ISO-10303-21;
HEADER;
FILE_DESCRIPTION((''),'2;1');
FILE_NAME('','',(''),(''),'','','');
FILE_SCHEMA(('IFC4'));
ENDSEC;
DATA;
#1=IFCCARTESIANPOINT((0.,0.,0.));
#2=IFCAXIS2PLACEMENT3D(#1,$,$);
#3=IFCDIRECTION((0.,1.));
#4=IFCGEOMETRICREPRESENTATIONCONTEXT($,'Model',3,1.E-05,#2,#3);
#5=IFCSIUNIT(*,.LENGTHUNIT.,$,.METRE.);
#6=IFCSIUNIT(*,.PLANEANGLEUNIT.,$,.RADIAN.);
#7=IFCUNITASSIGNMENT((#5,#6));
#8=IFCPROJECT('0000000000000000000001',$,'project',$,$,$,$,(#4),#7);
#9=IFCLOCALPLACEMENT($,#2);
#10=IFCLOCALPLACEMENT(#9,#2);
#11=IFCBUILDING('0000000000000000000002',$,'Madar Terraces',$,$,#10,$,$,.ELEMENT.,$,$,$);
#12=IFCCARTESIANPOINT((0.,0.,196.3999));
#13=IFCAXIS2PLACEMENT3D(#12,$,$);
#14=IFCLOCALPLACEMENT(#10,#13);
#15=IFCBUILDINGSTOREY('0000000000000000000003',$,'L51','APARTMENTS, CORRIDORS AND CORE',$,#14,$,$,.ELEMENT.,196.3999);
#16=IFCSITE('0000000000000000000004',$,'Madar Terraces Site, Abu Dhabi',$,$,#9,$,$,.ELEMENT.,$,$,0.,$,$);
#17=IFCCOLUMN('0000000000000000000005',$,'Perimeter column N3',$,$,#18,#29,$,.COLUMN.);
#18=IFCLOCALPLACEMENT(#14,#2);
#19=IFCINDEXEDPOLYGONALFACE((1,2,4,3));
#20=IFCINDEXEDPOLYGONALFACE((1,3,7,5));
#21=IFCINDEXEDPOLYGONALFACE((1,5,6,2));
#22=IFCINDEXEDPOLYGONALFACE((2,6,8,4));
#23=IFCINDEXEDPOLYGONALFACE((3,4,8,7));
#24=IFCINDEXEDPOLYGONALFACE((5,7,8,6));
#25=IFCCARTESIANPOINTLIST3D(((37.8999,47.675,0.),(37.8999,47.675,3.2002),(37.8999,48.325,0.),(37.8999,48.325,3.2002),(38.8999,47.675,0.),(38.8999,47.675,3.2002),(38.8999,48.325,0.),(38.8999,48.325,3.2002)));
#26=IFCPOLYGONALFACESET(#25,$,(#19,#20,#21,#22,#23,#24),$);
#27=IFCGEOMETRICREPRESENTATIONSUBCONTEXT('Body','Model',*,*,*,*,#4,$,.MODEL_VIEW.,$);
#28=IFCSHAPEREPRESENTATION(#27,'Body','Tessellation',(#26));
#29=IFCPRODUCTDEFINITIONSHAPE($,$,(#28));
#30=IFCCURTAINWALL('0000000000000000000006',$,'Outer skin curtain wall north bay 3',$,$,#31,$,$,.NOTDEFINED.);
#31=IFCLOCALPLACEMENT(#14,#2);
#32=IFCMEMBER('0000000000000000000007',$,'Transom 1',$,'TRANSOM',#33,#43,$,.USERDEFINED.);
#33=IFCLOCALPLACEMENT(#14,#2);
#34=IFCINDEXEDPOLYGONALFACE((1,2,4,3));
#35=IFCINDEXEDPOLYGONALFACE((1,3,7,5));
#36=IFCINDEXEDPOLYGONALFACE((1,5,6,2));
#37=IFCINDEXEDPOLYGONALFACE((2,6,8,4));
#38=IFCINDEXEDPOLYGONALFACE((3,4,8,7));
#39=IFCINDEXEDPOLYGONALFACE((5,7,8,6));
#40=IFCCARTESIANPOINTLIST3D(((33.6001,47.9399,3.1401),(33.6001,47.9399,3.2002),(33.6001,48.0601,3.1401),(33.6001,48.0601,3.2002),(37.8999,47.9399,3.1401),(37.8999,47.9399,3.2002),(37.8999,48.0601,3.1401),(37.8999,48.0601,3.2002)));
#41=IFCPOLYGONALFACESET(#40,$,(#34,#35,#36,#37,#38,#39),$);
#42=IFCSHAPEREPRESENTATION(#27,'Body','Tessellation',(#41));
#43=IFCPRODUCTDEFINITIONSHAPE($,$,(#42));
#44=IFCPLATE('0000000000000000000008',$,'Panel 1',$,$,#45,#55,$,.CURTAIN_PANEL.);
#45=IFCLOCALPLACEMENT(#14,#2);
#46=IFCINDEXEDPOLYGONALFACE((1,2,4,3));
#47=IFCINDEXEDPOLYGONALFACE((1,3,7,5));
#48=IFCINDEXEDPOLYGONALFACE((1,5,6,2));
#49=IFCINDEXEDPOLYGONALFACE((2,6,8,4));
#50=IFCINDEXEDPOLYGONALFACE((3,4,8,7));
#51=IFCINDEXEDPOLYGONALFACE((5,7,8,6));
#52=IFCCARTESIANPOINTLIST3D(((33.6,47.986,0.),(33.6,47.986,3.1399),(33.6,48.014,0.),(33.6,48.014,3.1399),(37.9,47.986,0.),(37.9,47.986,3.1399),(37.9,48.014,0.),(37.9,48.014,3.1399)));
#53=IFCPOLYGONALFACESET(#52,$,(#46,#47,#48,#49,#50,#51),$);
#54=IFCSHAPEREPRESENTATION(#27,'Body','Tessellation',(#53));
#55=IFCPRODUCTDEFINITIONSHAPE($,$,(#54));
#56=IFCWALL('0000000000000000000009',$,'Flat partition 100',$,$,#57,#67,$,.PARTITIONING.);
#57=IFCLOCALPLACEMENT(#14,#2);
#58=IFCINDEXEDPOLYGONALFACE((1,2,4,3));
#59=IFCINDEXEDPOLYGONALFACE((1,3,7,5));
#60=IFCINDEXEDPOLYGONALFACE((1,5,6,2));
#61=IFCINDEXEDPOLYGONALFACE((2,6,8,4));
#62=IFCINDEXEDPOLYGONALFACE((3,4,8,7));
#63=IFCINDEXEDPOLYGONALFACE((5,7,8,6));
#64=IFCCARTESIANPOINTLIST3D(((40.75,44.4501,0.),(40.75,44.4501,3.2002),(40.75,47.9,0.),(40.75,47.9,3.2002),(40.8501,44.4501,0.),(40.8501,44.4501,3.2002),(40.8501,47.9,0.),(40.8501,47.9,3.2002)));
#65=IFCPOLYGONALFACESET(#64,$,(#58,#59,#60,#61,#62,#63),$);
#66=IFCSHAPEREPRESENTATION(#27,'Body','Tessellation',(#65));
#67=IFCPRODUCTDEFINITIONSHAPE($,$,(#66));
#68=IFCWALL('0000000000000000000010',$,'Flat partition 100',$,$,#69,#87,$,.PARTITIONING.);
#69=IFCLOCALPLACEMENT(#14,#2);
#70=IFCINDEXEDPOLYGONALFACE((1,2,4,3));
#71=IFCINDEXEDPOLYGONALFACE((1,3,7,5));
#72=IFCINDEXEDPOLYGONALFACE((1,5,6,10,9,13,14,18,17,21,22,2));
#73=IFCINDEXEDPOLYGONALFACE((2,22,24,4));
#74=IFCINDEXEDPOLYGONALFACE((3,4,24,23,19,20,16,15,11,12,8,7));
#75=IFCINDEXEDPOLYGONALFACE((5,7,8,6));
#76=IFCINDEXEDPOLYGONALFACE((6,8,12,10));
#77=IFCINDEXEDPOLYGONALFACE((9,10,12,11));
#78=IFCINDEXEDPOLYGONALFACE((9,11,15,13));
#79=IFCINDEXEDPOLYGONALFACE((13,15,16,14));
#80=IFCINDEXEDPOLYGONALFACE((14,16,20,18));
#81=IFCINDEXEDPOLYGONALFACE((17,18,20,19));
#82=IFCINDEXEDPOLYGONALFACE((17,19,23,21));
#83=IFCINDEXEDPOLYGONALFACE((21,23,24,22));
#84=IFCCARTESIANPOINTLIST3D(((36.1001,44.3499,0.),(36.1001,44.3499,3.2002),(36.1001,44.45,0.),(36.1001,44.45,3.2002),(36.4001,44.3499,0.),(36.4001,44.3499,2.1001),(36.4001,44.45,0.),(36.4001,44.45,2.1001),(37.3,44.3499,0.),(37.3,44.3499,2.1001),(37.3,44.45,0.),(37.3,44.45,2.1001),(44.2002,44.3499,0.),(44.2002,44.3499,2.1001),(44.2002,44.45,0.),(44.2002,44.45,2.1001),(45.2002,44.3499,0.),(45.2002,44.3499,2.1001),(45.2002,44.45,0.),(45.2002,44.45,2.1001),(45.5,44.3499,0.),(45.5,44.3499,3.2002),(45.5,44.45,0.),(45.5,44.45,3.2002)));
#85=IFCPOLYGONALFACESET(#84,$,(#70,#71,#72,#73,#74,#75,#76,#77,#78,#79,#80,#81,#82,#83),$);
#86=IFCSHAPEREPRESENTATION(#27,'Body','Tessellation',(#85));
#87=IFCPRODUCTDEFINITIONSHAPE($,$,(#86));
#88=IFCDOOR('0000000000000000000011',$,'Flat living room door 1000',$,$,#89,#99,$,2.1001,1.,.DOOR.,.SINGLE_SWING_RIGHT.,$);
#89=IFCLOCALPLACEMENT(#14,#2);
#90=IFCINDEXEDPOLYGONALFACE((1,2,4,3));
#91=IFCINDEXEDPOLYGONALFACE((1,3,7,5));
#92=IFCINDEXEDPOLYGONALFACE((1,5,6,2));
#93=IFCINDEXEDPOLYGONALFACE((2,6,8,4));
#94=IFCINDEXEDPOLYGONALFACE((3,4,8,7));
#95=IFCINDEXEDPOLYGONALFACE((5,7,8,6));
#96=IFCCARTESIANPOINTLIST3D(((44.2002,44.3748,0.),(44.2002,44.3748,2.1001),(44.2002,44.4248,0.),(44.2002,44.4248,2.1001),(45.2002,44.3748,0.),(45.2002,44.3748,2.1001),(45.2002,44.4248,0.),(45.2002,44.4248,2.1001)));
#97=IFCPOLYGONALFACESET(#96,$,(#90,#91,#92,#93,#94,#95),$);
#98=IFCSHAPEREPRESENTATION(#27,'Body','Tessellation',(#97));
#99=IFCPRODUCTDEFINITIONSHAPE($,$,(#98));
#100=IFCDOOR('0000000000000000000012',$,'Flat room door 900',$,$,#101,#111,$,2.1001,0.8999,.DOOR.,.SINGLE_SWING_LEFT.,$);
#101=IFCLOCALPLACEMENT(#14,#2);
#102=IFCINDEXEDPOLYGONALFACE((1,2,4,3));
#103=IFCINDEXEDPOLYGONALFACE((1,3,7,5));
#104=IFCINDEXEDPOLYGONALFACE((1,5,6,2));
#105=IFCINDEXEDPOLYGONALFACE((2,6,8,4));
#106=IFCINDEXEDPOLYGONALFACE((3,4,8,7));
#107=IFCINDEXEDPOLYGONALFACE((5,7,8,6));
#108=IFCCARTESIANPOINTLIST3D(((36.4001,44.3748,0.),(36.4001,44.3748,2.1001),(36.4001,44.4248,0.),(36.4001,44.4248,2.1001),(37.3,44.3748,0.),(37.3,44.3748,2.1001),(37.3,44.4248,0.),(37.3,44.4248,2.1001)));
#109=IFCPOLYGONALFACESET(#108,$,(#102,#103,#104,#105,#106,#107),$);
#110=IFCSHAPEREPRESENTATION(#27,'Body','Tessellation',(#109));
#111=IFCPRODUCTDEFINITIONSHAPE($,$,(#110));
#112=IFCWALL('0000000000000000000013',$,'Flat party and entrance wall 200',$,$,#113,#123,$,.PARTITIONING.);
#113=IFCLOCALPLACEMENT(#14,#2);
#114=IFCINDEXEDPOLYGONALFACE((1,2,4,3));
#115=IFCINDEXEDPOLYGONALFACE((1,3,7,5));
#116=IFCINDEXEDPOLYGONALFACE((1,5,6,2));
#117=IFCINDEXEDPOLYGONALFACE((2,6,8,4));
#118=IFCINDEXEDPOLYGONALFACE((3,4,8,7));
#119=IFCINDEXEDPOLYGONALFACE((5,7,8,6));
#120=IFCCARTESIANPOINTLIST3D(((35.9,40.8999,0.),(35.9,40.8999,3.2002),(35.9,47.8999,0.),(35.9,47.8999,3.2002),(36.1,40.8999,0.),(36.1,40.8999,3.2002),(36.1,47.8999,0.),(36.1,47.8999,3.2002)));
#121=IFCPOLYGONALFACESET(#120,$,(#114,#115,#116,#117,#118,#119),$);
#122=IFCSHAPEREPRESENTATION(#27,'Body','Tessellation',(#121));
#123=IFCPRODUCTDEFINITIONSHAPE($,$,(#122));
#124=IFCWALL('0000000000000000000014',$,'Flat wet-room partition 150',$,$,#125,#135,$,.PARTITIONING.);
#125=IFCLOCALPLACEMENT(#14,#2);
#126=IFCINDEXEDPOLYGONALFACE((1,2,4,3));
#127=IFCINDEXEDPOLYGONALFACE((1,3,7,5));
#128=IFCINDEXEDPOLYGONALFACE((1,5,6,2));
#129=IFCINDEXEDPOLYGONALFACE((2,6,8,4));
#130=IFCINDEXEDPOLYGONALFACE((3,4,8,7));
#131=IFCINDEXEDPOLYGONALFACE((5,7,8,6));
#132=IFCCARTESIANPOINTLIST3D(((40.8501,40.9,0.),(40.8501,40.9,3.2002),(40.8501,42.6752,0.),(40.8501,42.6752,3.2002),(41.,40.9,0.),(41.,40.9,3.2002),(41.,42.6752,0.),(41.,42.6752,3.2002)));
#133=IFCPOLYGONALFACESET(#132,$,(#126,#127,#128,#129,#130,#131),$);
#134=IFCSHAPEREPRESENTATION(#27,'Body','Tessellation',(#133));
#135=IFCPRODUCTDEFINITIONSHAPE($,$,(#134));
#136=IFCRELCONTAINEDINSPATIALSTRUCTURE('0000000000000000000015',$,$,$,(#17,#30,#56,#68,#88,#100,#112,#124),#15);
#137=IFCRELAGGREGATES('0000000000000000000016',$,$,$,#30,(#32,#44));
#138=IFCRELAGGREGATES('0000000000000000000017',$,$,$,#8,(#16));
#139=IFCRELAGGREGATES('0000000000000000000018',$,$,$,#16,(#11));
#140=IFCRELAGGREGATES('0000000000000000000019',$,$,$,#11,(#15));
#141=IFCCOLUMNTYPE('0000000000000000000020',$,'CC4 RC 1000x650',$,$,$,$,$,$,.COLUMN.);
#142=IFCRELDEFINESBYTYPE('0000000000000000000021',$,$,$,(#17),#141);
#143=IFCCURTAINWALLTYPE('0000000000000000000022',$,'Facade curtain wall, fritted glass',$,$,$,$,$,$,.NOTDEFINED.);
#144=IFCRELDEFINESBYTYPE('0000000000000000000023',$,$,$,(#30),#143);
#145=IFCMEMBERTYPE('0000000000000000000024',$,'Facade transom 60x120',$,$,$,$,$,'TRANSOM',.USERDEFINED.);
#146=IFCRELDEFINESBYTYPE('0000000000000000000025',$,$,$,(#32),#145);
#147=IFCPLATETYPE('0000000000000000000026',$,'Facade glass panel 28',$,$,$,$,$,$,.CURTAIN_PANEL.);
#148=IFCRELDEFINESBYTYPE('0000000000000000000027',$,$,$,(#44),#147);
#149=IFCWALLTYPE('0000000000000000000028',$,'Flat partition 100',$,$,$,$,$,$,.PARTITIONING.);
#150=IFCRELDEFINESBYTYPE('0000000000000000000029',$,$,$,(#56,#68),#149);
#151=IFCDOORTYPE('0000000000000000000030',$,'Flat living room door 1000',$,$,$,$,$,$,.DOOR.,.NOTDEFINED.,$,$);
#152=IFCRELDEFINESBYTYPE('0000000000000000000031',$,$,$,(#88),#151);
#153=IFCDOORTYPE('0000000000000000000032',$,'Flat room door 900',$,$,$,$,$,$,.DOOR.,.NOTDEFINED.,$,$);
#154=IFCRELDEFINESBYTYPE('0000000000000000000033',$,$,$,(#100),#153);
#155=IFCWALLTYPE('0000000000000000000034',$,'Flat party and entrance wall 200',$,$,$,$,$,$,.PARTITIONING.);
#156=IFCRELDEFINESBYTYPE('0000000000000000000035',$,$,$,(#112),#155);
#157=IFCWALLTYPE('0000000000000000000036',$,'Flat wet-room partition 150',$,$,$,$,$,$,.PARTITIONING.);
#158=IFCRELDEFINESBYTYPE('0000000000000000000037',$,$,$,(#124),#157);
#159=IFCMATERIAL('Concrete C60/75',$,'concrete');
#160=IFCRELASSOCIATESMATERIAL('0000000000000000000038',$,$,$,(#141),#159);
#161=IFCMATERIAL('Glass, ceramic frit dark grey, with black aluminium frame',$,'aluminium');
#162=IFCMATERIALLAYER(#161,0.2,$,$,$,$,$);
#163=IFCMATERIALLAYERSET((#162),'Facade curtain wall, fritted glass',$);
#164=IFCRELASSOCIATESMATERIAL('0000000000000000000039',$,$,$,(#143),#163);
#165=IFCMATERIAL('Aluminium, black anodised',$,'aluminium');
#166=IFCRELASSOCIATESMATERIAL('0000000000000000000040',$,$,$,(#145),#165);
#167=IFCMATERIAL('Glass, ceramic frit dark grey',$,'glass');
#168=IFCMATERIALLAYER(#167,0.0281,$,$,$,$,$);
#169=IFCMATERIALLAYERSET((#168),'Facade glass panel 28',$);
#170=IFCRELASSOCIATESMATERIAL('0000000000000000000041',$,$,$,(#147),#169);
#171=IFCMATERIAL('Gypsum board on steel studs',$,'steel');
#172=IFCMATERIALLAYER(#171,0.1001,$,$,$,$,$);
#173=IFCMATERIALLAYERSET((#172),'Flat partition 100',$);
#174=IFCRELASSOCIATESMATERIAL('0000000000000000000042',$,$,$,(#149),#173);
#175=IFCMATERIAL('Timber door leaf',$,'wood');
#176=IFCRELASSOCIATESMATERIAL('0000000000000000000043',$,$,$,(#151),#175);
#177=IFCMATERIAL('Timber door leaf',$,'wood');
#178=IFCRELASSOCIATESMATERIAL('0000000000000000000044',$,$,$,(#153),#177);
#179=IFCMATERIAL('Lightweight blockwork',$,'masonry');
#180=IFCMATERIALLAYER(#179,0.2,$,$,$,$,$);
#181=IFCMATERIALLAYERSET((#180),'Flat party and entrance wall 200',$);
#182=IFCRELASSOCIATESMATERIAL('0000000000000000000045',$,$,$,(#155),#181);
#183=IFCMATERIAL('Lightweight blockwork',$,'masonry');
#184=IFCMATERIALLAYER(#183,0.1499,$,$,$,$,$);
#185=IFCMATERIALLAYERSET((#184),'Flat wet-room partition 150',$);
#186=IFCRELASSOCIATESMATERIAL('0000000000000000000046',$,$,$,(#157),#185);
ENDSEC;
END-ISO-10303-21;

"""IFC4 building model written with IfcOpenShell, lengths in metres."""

from ifc_helpers import new_model, si_unit, direction, frame, frame_2d, origin, origin_2d, place, context, subcontext, project, spatial, rectangle, extrude, material, layer, layer_set, material_profile, profile_set, type_object, element, fill, aggregate, save


model = new_model("IFC4")

# Units and contexts
model_context = context("Model", 3, precision=1e-05, world=origin(), true_north=direction((0.0, 1.0)))
body_context = subcontext(model_context, "Body", "Model", "MODEL_VIEW")
ifc_project = project(units=[si_unit("LENGTHUNIT", "METRE"), si_unit("PLANEANGLEUNIT", "RADIAN")], contexts=[model_context])

# Site, building, storey
site_placement = place(None, origin())
site = spatial("IfcSite", under=ifc_project, at=site_placement, Name="Madar Terraces Site, Abu Dhabi", CompositionType="ELEMENT", RefElevation=0.0)
building_placement = place(site_placement, origin())
building = spatial("IfcBuilding", under=site, at=building_placement, Name="Madar Terraces", CompositionType="ELEMENT")
storey_placement = place(building_placement, frame((0.0, 0.0, 196.3999)))
storey = spatial("IfcBuildingStorey", under=building, at=storey_placement, Name="L51", Description="APARTMENTS, CORRIDORS AND CORE", CompositionType="ELEMENT", Elevation=196.3999)

# Column
ifc_material_1 = material(Name="Concrete C60/75", Category="concrete")
ifc_material_profile_1 = material_profile(ifc_material_1, rectangle(XDim=1.0, YDim=0.6499, at=origin_2d()), Name="CC4 RC 1000x650")
ifc_profile_set_1 = profile_set([ifc_material_profile_1], Name="Concrete C60/75")
column_type = type_object("IfcColumnType", Name="CC4 RC 1000x650", PredefinedType="COLUMN", material=ifc_profile_set_1)
column_placement = place(storey_placement, frame((38.3999, 48.0, 0.0), z_axis=(0.0, 0.0, 1.0), x_axis=(1.0, 0.0, 0.0)))
element("IfcColumn", 1, at=column_placement, inside=storey, type_object=column_type, Name="Perimeter column N3", PredefinedType="COLUMN", context=body_context, shape_type="SweptSolid", body=[
    extrude(rectangle(XDim=1.0, YDim=0.6499, at=origin_2d()), origin(), (0.0, 0.0, 1.0), 3.2002),
])

# Curtain wall, member, plate
ifc_material_2 = material(Name="Glass, ceramic frit dark grey, with black aluminium frame", Category="aluminium")
ifc_layer_1 = layer(ifc_material_2, 0.2)
ifc_layer_set_1 = layer_set([ifc_layer_1], Name="Facade curtain wall, fritted glass")
curtain_wall_type = type_object("IfcCurtainWallType", Name="Facade curtain wall, fritted glass", PredefinedType="NOTDEFINED", material=ifc_layer_set_1)
curtain_wall_placement = place(storey_placement, origin())
curtain_wall = element("IfcCurtainWall", 2, at=curtain_wall_placement, inside=storey, type_object=curtain_wall_type, Name="Outer skin curtain wall north bay 3", PredefinedType="NOTDEFINED")
ifc_material_3 = material(Name="Aluminium, black anodised", Category="aluminium")
ifc_material_profile_2 = material_profile(ifc_material_3, rectangle(XDim=0.1201, YDim=0.0601, at=origin_2d()), Name="Facade transom 60x120")
ifc_profile_set_2 = profile_set([ifc_material_profile_2], Name="Aluminium, black anodised")
member_type = type_object("IfcMemberType", Name="Facade transom 60x120", ElementType="TRANSOM", PredefinedType="USERDEFINED", material=ifc_profile_set_2)
member_placement = place(storey_placement, frame((37.8999, 48.0, 3.1702), z_axis=(-1.0, 0.0, 0.0), x_axis=(0.0, -1.0, 0.0)))
member = element("IfcMember", 3, at=member_placement, type_object=member_type, Name="Transom 1", ObjectType="TRANSOM", PredefinedType="USERDEFINED", context=body_context, shape_type="SweptSolid", body=[
    extrude(rectangle(XDim=0.1201, YDim=0.0601, at=origin_2d()), origin(), (0.0, 0.0, 1.0), 4.2998),
])
ifc_material_4 = material(Name="Glass, ceramic frit dark grey", Category="glass")
ifc_layer_2 = layer(ifc_material_4, 0.0281)
ifc_layer_set_2 = layer_set([ifc_layer_2], Name="Facade glass panel 28")
plate_type = type_object("IfcPlateType", Name="Facade glass panel 28", PredefinedType="CURTAIN_PANEL", material=ifc_layer_set_2)
plate_placement = place(storey_placement, frame((35.75, 48.0, 0.0), z_axis=(0.0, 0.0, 1.0), x_axis=(-1.0, 0.0, 0.0)))
plate = element("IfcPlate", 4, at=plate_placement, type_object=plate_type, Name="Panel 1", PredefinedType="CURTAIN_PANEL", context=body_context, shape_type="SweptSolid", body=[
    extrude(rectangle(XDim=4.3, YDim=0.0281, at=origin_2d()), origin(), (0.0, 0.0, 1.0), 3.1399),
])
aggregate(curtain_wall, [member, plate])

# Wall
ifc_material_5 = material(Name="Gypsum board on steel studs", Category="steel")
ifc_layer_3 = layer(ifc_material_5, 0.1001)
ifc_layer_set_3 = layer_set([ifc_layer_3], Name="Flat partition 100")
wall_type_1 = type_object("IfcWallType", Name="Flat partition 100", PredefinedType="PARTITIONING", material=ifc_layer_set_3)
wall_1_placement = place(storey_placement, frame((40.8, 44.45, 0.0), z_axis=(0.0, 0.0, 1.0), x_axis=(0.0, 1.0, 0.0)))
element("IfcWall", 5, at=wall_1_placement, inside=storey, type_object=wall_type_1, Name="Flat partition 100", PredefinedType="PARTITIONING", context=body_context, shape_type="SweptSolid", body=[
    extrude(rectangle(XDim=3.45, YDim=0.1001, at=frame_2d((1.7251, 0.0))), origin(), (0.0, 0.0, 1.0), 3.2002),
])

# Wall, openings, doors
wall_2_placement = place(storey_placement, frame((36.1001, 44.3999, 0.0), z_axis=(0.0, 0.0, 1.0), x_axis=(1.0, 0.0, 0.0)))
wall_2 = element("IfcWall", 6, at=wall_2_placement, inside=storey, type_object=wall_type_1, Name="Flat partition 100", PredefinedType="PARTITIONING", context=body_context, shape_type="SweptSolid", body=[
    extrude(rectangle(XDim=9.3999, YDim=0.1001, at=frame_2d((4.7, 0.0))), origin(), (0.0, 0.0, 1.0), 3.2002),
])
opening_1_placement = place(wall_2_placement, frame((0.3, 0.0, 0.0)))
opening_1 = element("IfcOpeningElement", 7, at=opening_1_placement, cuts=wall_2, PredefinedType="OPENING", context=body_context, shape_type="SweptSolid", body=[
    extrude(rectangle(XDim=0.8999, YDim=2.1001, at=frame_2d((0.45, 1.05))), frame((0.0, 0.0601, 0.0), z_axis=(0.0, -1.0, 0.0), x_axis=(1.0, 0.0, 0.0)), (0.0, 0.0, 1.0), 0.1201),
])
opening_2_placement = place(wall_2_placement, frame((8.1001, 0.0, 0.0)))
opening_2 = element("IfcOpeningElement", 8, at=opening_2_placement, cuts=wall_2, PredefinedType="OPENING", context=body_context, shape_type="SweptSolid", body=[
    extrude(rectangle(XDim=1.0, YDim=2.1001, at=frame_2d((0.5, 1.05))), frame((0.0, 0.0601, 0.0), z_axis=(0.0, -1.0, 0.0), x_axis=(1.0, 0.0, 0.0)), (0.0, 0.0, 1.0), 0.1201),
])
ifc_material_6 = material(Name="Timber door leaf", Category="wood")
door_type_1 = type_object("IfcDoorType", Name="Flat living room door 1000", OperationType="NOTDEFINED", PredefinedType="DOOR", material=ifc_material_6)
door_1_placement = place(opening_2_placement, origin())
door_1 = element("IfcDoor", 9, at=door_1_placement, inside=storey, type_object=door_type_1, Name="Flat living room door 1000", OperationType="SINGLE_SWING_RIGHT", OverallHeight=2.1001, OverallWidth=1.0, PredefinedType="DOOR", context=body_context, shape_type="SweptSolid", body=[
    extrude(rectangle(XDim=1.0, YDim=2.1001, at=frame_2d((0.5, 1.05))), frame((0.0, 0.0249, 0.0), z_axis=(0.0, -1.0, 0.0), x_axis=(1.0, 0.0, 0.0)), (0.0, 0.0, 1.0), 0.05),
])
fill(opening_2, door_1)
ifc_material_7 = material(Name="Timber door leaf", Category="wood")
door_type_2 = type_object("IfcDoorType", Name="Flat room door 900", OperationType="NOTDEFINED", PredefinedType="DOOR", material=ifc_material_7)
door_2_placement = place(opening_1_placement, origin())
door_2 = element("IfcDoor", 10, at=door_2_placement, inside=storey, type_object=door_type_2, Name="Flat room door 900", OperationType="SINGLE_SWING_LEFT", OverallHeight=2.1001, OverallWidth=0.8999, PredefinedType="DOOR", context=body_context, shape_type="SweptSolid", body=[
    extrude(rectangle(XDim=0.8999, YDim=2.1001, at=frame_2d((0.45, 1.05))), frame((0.0, 0.0249, 0.0), z_axis=(0.0, -1.0, 0.0), x_axis=(1.0, 0.0, 0.0)), (0.0, 0.0, 1.0), 0.05),
])
fill(opening_1, door_2)

# Walls
ifc_material_8 = material(Name="Lightweight blockwork", Category="masonry")
ifc_layer_4 = layer(ifc_material_8, 0.2)
ifc_layer_set_4 = layer_set([ifc_layer_4], Name="Flat party and entrance wall 200")
wall_type_2 = type_object("IfcWallType", Name="Flat party and entrance wall 200", PredefinedType="PARTITIONING", material=ifc_layer_set_4)
wall_3_placement = place(storey_placement, frame((36.0, 47.8999, 0.0), z_axis=(0.0, 0.0, 1.0), x_axis=(0.0, -1.0, 0.0)))
element("IfcWall", 11, at=wall_3_placement, inside=storey, type_object=wall_type_2, Name="Flat party and entrance wall 200", PredefinedType="PARTITIONING", context=body_context, shape_type="SweptSolid", body=[
    extrude(rectangle(XDim=7.0, YDim=0.2, at=frame_2d((3.5, 0.0))), origin(), (0.0, 0.0, 1.0), 3.2002),
])
ifc_material_9 = material(Name="Lightweight blockwork", Category="masonry")
ifc_layer_5 = layer(ifc_material_9, 0.1499)
ifc_layer_set_5 = layer_set([ifc_layer_5], Name="Flat wet-room partition 150")
wall_type_3 = type_object("IfcWallType", Name="Flat wet-room partition 150", PredefinedType="PARTITIONING", material=ifc_layer_set_5)
wall_4_placement = place(storey_placement, frame((40.925, 40.8999, 0.0), z_axis=(0.0, 0.0, 1.0), x_axis=(0.0, 1.0, 0.0)))
element("IfcWall", 12, at=wall_4_placement, inside=storey, type_object=wall_type_3, Name="Flat wet-room partition 150", PredefinedType="PARTITIONING", context=body_context, shape_type="SweptSolid", body=[
    extrude(rectangle(XDim=1.7751, YDim=0.1499, at=frame_2d((0.8877, 0.0))), origin(), (0.0, 0.0, 1.0), 3.2002),
])

save(model, "model.ifc")
